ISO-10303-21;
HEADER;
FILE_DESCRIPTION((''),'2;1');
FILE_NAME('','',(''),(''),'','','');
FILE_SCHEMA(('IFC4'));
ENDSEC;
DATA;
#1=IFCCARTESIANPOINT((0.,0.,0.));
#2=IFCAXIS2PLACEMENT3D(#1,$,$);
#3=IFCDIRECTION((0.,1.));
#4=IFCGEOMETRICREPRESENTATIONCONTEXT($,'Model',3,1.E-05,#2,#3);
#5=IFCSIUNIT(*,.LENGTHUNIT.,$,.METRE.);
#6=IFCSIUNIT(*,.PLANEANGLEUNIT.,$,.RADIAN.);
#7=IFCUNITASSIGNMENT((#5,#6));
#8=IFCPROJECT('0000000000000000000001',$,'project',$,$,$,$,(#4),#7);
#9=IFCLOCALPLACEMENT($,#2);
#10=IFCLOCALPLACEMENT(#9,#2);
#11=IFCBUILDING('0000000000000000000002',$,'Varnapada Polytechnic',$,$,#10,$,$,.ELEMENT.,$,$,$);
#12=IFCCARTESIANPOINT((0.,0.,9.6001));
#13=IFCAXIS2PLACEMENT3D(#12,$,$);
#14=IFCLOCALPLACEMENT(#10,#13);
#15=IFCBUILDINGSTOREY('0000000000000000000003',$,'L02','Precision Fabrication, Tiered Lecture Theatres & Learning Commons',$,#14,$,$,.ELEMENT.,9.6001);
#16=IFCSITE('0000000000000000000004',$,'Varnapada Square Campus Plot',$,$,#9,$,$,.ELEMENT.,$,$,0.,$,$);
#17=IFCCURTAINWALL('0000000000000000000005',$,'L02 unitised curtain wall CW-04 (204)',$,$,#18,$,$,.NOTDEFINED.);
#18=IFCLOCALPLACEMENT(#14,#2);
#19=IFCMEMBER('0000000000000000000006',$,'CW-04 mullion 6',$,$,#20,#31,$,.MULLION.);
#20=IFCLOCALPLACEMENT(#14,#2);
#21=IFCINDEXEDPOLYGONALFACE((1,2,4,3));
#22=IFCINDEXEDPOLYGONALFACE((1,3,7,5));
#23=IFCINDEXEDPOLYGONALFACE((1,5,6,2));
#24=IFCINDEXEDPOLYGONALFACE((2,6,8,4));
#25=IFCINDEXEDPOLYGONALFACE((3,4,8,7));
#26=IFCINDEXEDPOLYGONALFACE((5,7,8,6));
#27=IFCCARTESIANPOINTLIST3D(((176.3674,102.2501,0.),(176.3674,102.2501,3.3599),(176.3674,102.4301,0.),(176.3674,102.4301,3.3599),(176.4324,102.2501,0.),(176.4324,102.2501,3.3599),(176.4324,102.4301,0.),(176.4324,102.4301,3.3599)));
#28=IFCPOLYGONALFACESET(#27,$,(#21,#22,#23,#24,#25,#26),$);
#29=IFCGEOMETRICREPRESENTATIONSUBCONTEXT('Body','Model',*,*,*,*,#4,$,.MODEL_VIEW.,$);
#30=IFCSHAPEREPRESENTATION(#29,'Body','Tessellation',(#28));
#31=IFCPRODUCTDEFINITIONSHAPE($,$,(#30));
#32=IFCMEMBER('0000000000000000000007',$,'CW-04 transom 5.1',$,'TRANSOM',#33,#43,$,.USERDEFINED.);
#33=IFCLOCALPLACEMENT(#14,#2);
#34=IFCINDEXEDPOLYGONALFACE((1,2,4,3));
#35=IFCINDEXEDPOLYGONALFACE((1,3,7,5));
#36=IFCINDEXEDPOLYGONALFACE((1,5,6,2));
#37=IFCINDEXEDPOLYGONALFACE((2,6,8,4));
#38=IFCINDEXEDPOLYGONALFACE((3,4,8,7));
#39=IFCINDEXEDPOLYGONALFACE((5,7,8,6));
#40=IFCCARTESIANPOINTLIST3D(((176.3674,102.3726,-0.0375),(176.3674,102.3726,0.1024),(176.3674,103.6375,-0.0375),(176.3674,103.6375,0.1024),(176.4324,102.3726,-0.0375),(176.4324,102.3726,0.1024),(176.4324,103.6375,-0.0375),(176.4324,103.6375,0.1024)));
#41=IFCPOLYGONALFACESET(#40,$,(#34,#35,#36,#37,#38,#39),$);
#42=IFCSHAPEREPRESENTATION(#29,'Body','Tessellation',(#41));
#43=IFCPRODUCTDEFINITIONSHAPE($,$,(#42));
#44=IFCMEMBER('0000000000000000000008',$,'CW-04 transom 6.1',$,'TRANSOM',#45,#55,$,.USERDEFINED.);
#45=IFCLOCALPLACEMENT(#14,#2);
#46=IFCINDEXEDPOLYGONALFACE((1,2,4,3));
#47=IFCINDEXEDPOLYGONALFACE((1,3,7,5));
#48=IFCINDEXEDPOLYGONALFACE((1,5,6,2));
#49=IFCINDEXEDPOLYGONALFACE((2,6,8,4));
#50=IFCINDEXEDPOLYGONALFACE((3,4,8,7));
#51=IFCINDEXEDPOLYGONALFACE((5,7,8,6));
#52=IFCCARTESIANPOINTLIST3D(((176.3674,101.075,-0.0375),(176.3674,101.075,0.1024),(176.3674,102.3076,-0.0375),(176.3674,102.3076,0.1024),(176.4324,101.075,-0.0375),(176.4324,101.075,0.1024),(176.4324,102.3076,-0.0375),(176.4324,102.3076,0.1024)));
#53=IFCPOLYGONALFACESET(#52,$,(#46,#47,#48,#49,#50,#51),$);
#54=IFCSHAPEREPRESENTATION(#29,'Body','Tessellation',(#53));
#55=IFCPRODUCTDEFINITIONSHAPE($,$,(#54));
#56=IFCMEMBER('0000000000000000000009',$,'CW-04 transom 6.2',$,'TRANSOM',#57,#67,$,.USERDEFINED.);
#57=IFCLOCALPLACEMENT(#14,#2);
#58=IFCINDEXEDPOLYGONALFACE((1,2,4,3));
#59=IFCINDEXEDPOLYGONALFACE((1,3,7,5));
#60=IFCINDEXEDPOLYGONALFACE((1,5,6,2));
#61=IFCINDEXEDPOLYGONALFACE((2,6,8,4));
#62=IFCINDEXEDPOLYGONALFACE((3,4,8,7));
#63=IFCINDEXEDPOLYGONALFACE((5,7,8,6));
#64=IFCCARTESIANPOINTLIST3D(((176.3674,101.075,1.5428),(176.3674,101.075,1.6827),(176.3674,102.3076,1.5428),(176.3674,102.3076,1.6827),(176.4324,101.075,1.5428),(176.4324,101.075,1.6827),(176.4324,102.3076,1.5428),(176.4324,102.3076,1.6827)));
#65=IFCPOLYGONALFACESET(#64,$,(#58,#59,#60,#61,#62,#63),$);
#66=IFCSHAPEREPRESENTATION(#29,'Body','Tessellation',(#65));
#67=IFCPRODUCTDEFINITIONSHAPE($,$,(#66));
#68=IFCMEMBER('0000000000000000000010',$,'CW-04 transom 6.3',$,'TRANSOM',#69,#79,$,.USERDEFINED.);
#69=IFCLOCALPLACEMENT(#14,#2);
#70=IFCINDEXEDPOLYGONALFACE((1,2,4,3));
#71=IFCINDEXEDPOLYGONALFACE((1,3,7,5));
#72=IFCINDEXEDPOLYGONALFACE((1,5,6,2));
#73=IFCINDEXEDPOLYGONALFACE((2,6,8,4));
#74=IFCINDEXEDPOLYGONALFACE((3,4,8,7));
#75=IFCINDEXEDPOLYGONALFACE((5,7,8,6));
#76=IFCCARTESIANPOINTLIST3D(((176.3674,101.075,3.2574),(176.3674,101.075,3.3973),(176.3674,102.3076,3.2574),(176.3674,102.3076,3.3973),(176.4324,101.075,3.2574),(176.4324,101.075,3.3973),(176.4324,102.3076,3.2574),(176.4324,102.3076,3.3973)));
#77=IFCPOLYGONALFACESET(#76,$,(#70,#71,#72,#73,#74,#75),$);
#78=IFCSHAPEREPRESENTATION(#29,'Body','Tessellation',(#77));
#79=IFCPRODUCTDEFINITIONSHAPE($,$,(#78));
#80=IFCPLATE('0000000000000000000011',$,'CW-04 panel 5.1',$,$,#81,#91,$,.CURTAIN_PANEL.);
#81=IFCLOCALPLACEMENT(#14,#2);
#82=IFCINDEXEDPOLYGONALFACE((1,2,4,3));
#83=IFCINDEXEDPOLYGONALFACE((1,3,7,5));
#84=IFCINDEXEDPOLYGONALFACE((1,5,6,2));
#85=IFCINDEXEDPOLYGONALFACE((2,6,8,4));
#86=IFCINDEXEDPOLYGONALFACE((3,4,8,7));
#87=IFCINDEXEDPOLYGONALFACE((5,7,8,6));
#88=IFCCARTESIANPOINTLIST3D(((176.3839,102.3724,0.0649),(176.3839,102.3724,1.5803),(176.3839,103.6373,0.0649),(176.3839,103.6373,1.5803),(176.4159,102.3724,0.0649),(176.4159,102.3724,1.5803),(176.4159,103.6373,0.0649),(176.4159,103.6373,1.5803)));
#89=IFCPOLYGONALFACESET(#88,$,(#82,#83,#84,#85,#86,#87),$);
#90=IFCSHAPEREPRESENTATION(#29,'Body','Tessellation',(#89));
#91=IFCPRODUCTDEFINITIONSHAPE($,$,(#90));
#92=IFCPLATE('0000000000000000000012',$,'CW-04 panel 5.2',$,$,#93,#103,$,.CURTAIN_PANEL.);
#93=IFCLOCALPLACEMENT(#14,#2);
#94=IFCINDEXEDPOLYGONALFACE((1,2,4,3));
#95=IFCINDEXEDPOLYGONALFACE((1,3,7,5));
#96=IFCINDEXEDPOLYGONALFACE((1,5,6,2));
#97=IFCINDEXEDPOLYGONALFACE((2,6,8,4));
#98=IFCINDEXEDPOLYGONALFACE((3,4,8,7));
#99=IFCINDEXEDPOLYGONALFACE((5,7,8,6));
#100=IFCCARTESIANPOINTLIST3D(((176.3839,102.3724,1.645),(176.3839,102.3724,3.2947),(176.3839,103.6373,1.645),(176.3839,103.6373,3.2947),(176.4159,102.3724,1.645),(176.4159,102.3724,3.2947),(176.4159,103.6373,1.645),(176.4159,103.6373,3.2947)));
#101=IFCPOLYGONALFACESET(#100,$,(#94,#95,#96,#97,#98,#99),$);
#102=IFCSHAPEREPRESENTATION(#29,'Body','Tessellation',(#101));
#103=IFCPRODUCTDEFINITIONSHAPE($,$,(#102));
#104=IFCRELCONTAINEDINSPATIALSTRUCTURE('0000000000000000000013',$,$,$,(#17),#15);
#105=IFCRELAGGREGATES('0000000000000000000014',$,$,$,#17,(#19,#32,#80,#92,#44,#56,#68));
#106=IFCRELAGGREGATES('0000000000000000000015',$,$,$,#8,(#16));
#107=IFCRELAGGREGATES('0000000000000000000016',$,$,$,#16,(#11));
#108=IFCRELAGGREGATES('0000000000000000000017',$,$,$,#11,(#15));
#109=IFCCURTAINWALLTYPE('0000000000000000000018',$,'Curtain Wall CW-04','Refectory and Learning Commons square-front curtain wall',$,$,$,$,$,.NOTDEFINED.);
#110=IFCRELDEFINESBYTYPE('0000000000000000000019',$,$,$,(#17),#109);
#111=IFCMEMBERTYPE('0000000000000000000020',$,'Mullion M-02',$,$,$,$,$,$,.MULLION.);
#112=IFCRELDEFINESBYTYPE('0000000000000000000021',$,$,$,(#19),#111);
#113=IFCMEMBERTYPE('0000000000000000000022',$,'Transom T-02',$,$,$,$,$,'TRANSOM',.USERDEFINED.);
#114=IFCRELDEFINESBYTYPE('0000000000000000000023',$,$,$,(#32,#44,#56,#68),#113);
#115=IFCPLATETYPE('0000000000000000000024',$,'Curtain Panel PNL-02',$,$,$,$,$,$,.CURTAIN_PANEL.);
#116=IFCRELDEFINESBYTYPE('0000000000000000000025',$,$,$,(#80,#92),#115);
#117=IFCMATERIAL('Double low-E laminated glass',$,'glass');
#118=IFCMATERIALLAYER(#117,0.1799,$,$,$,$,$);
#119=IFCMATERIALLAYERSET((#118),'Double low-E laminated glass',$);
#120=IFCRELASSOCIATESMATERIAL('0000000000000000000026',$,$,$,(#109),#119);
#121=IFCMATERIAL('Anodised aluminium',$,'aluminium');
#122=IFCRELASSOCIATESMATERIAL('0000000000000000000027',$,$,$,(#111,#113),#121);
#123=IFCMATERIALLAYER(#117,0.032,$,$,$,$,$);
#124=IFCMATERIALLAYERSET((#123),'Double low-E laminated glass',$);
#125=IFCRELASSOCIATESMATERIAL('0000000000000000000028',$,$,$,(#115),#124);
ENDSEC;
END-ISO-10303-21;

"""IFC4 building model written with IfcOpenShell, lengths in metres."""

from ifc_helpers import new_model, si_unit, direction, frame, origin, origin_2d, place, context, subcontext, project, spatial, rectangle, extrude, material, layer, layer_set, material_profile, profile_set, type_object, element, aggregate, save


model = new_model("IFC4")

# Units and contexts
model_context = context("Model", 3, precision=1e-05, world=origin(), true_north=direction((0.0, 1.0)))
body_context = subcontext(model_context, "Body", "Model", "MODEL_VIEW")
ifc_project = project(units=[si_unit("LENGTHUNIT", "METRE"), si_unit("PLANEANGLEUNIT", "RADIAN")], contexts=[model_context])

# Site, building, storey
site_placement = place(None, origin())
site = spatial("IfcSite", under=ifc_project, at=site_placement, Name="Varnapada Square Campus Plot", CompositionType="ELEMENT", RefElevation=0.0)
building_placement = place(site_placement, origin())
building = spatial("IfcBuilding", under=site, at=building_placement, Name="Varnapada Polytechnic", CompositionType="ELEMENT")
storey_placement = place(building_placement, frame((0.0, 0.0, 9.6001)))
storey = spatial("IfcBuildingStorey", under=building, at=storey_placement, Name="L02", Description="Precision Fabrication, Tiered Lecture Theatres & Learning Commons", CompositionType="ELEMENT", Elevation=9.6001)

# Curtain wall, members, plates
ifc_material_1 = material(Name="Double low-E laminated glass", Category="glass")
ifc_layer_1 = layer(ifc_material_1, 0.1799)
ifc_layer_set_1 = layer_set([ifc_layer_1], Name="Double low-E laminated glass")
curtain_wall_type = type_object("IfcCurtainWallType", Name="Curtain Wall CW-04", Description="Refectory and Learning Commons square-front curtain wall", PredefinedType="NOTDEFINED", material=ifc_layer_set_1)
curtain_wall_placement = place(storey_placement, origin())
curtain_wall = element("IfcCurtainWall", 1, at=curtain_wall_placement, inside=storey, type_object=curtain_wall_type, Name="L02 unitised curtain wall CW-04 (204)", PredefinedType="NOTDEFINED")
ifc_material_2 = material(Name="Anodised aluminium", Category="aluminium")
ifc_material_profile_1 = material_profile(ifc_material_2, rectangle(XDim=0.0649, YDim=0.1799, at=origin_2d()), Name="ALU M65x180")
ifc_profile_set_1 = profile_set([ifc_material_profile_1], Name="Anodised aluminium")
member_type_1 = type_object("IfcMemberType", Name="Mullion M-02", PredefinedType="MULLION", material=ifc_profile_set_1)
member_1_placement = place(storey_placement, frame((176.3999, 102.3401, 0.0), z_axis=(0.0, 0.0, 1.0), x_axis=(1.0, 0.0, 0.0)))
member_1 = element("IfcMember", 2, at=member_1_placement, type_object=member_type_1, Name="CW-04 mullion 6", PredefinedType="MULLION", context=body_context, shape_type="SweptSolid", body=[
    extrude(rectangle(XDim=0.0649, YDim=0.1799, at=origin_2d()), origin(), (0.0, 0.0, 1.0), 3.3599),
])
ifc_material_profile_2 = material_profile(ifc_material_2, rectangle(XDim=0.0649, YDim=0.1399, at=origin_2d()), Name="ALU T65x140")
ifc_profile_set_2 = profile_set([ifc_material_profile_2], Name="Anodised aluminium")
member_type_2 = type_object("IfcMemberType", Name="Transom T-02", ElementType="TRANSOM", PredefinedType="USERDEFINED", material=ifc_profile_set_2)
member_2_placement = place(storey_placement, frame((176.3999, 103.6375, 0.0325), z_axis=(0.0, -1.0, 0.0), x_axis=(1.0, 0.0, 0.0)))
member_2 = element("IfcMember", 3, at=member_2_placement, type_object=member_type_2, Name="CW-04 transom 5.1", ObjectType="TRANSOM", PredefinedType="USERDEFINED", context=body_context, shape_type="SweptSolid", body=[
    extrude(rectangle(XDim=0.0649, YDim=0.1399, at=origin_2d()), origin(), (0.0, 0.0, 1.0), 1.2649),
])
member_3_placement = place(storey_placement, frame((176.3999, 102.3076, 0.0325), z_axis=(0.0, -1.0, 0.0), x_axis=(1.0, 0.0, 0.0)))
member_3 = element("IfcMember", 4, at=member_3_placement, type_object=member_type_2, Name="CW-04 transom 6.1", ObjectType="TRANSOM", PredefinedType="USERDEFINED", context=body_context, shape_type="SweptSolid", body=[
    extrude(rectangle(XDim=0.0649, YDim=0.1399, at=origin_2d()), origin(), (0.0, 0.0, 1.0), 1.2327),
])
member_4_placement = place(storey_placement, frame((176.3999, 102.3076, 1.6128), z_axis=(0.0, -1.0, 0.0), x_axis=(1.0, 0.0, 0.0)))
member_4 = element("IfcMember", 5, at=member_4_placement, type_object=member_type_2, Name="CW-04 transom 6.2", ObjectType="TRANSOM", PredefinedType="USERDEFINED", context=body_context, shape_type="SweptSolid", body=[
    extrude(rectangle(XDim=0.0649, YDim=0.1399, at=origin_2d()), origin(), (0.0, 0.0, 1.0), 1.2327),
])
member_5_placement = place(storey_placement, frame((176.3999, 102.3076, 3.3274), z_axis=(0.0, -1.0, 0.0), x_axis=(1.0, 0.0, 0.0)))
member_5 = element("IfcMember", 6, at=member_5_placement, type_object=member_type_2, Name="CW-04 transom 6.3", ObjectType="TRANSOM", PredefinedType="USERDEFINED", context=body_context, shape_type="SweptSolid", body=[
    extrude(rectangle(XDim=0.0649, YDim=0.1399, at=origin_2d()), origin(), (0.0, 0.0, 1.0), 1.2327),
])
ifc_layer_2 = layer(ifc_material_1, 0.032)
ifc_layer_set_2 = layer_set([ifc_layer_2], Name="Double low-E laminated glass")
plate_type = type_object("IfcPlateType", Name="Curtain Panel PNL-02", PredefinedType="CURTAIN_PANEL", material=ifc_layer_set_2)
plate_1_placement = place(storey_placement, frame((176.3999, 103.0049, 0.0649), z_axis=(0.0, 0.0, 1.0), x_axis=(0.0, -1.0, 0.0)))
plate_1 = element("IfcPlate", 7, at=plate_1_placement, type_object=plate_type, Name="CW-04 panel 5.1", PredefinedType="CURTAIN_PANEL", context=body_context, shape_type="SweptSolid", body=[
    extrude(rectangle(XDim=1.2649, YDim=0.032, at=origin_2d()), origin(), (0.0, 0.0, 1.0), 1.5154),
])
plate_2_placement = place(storey_placement, frame((176.3999, 103.0049, 1.645), z_axis=(0.0, 0.0, 1.0), x_axis=(0.0, -1.0, 0.0)))
plate_2 = element("IfcPlate", 8, at=plate_2_placement, type_object=plate_type, Name="CW-04 panel 5.2", PredefinedType="CURTAIN_PANEL", context=body_context, shape_type="SweptSolid", body=[
    extrude(rectangle(XDim=1.2649, YDim=0.032, at=origin_2d()), origin(), (0.0, 0.0, 1.0), 1.6497),
])
aggregate(curtain_wall, [member_1, member_2, plate_1, plate_2, member_3, member_4, member_5])

save(model, "model.ifc")
